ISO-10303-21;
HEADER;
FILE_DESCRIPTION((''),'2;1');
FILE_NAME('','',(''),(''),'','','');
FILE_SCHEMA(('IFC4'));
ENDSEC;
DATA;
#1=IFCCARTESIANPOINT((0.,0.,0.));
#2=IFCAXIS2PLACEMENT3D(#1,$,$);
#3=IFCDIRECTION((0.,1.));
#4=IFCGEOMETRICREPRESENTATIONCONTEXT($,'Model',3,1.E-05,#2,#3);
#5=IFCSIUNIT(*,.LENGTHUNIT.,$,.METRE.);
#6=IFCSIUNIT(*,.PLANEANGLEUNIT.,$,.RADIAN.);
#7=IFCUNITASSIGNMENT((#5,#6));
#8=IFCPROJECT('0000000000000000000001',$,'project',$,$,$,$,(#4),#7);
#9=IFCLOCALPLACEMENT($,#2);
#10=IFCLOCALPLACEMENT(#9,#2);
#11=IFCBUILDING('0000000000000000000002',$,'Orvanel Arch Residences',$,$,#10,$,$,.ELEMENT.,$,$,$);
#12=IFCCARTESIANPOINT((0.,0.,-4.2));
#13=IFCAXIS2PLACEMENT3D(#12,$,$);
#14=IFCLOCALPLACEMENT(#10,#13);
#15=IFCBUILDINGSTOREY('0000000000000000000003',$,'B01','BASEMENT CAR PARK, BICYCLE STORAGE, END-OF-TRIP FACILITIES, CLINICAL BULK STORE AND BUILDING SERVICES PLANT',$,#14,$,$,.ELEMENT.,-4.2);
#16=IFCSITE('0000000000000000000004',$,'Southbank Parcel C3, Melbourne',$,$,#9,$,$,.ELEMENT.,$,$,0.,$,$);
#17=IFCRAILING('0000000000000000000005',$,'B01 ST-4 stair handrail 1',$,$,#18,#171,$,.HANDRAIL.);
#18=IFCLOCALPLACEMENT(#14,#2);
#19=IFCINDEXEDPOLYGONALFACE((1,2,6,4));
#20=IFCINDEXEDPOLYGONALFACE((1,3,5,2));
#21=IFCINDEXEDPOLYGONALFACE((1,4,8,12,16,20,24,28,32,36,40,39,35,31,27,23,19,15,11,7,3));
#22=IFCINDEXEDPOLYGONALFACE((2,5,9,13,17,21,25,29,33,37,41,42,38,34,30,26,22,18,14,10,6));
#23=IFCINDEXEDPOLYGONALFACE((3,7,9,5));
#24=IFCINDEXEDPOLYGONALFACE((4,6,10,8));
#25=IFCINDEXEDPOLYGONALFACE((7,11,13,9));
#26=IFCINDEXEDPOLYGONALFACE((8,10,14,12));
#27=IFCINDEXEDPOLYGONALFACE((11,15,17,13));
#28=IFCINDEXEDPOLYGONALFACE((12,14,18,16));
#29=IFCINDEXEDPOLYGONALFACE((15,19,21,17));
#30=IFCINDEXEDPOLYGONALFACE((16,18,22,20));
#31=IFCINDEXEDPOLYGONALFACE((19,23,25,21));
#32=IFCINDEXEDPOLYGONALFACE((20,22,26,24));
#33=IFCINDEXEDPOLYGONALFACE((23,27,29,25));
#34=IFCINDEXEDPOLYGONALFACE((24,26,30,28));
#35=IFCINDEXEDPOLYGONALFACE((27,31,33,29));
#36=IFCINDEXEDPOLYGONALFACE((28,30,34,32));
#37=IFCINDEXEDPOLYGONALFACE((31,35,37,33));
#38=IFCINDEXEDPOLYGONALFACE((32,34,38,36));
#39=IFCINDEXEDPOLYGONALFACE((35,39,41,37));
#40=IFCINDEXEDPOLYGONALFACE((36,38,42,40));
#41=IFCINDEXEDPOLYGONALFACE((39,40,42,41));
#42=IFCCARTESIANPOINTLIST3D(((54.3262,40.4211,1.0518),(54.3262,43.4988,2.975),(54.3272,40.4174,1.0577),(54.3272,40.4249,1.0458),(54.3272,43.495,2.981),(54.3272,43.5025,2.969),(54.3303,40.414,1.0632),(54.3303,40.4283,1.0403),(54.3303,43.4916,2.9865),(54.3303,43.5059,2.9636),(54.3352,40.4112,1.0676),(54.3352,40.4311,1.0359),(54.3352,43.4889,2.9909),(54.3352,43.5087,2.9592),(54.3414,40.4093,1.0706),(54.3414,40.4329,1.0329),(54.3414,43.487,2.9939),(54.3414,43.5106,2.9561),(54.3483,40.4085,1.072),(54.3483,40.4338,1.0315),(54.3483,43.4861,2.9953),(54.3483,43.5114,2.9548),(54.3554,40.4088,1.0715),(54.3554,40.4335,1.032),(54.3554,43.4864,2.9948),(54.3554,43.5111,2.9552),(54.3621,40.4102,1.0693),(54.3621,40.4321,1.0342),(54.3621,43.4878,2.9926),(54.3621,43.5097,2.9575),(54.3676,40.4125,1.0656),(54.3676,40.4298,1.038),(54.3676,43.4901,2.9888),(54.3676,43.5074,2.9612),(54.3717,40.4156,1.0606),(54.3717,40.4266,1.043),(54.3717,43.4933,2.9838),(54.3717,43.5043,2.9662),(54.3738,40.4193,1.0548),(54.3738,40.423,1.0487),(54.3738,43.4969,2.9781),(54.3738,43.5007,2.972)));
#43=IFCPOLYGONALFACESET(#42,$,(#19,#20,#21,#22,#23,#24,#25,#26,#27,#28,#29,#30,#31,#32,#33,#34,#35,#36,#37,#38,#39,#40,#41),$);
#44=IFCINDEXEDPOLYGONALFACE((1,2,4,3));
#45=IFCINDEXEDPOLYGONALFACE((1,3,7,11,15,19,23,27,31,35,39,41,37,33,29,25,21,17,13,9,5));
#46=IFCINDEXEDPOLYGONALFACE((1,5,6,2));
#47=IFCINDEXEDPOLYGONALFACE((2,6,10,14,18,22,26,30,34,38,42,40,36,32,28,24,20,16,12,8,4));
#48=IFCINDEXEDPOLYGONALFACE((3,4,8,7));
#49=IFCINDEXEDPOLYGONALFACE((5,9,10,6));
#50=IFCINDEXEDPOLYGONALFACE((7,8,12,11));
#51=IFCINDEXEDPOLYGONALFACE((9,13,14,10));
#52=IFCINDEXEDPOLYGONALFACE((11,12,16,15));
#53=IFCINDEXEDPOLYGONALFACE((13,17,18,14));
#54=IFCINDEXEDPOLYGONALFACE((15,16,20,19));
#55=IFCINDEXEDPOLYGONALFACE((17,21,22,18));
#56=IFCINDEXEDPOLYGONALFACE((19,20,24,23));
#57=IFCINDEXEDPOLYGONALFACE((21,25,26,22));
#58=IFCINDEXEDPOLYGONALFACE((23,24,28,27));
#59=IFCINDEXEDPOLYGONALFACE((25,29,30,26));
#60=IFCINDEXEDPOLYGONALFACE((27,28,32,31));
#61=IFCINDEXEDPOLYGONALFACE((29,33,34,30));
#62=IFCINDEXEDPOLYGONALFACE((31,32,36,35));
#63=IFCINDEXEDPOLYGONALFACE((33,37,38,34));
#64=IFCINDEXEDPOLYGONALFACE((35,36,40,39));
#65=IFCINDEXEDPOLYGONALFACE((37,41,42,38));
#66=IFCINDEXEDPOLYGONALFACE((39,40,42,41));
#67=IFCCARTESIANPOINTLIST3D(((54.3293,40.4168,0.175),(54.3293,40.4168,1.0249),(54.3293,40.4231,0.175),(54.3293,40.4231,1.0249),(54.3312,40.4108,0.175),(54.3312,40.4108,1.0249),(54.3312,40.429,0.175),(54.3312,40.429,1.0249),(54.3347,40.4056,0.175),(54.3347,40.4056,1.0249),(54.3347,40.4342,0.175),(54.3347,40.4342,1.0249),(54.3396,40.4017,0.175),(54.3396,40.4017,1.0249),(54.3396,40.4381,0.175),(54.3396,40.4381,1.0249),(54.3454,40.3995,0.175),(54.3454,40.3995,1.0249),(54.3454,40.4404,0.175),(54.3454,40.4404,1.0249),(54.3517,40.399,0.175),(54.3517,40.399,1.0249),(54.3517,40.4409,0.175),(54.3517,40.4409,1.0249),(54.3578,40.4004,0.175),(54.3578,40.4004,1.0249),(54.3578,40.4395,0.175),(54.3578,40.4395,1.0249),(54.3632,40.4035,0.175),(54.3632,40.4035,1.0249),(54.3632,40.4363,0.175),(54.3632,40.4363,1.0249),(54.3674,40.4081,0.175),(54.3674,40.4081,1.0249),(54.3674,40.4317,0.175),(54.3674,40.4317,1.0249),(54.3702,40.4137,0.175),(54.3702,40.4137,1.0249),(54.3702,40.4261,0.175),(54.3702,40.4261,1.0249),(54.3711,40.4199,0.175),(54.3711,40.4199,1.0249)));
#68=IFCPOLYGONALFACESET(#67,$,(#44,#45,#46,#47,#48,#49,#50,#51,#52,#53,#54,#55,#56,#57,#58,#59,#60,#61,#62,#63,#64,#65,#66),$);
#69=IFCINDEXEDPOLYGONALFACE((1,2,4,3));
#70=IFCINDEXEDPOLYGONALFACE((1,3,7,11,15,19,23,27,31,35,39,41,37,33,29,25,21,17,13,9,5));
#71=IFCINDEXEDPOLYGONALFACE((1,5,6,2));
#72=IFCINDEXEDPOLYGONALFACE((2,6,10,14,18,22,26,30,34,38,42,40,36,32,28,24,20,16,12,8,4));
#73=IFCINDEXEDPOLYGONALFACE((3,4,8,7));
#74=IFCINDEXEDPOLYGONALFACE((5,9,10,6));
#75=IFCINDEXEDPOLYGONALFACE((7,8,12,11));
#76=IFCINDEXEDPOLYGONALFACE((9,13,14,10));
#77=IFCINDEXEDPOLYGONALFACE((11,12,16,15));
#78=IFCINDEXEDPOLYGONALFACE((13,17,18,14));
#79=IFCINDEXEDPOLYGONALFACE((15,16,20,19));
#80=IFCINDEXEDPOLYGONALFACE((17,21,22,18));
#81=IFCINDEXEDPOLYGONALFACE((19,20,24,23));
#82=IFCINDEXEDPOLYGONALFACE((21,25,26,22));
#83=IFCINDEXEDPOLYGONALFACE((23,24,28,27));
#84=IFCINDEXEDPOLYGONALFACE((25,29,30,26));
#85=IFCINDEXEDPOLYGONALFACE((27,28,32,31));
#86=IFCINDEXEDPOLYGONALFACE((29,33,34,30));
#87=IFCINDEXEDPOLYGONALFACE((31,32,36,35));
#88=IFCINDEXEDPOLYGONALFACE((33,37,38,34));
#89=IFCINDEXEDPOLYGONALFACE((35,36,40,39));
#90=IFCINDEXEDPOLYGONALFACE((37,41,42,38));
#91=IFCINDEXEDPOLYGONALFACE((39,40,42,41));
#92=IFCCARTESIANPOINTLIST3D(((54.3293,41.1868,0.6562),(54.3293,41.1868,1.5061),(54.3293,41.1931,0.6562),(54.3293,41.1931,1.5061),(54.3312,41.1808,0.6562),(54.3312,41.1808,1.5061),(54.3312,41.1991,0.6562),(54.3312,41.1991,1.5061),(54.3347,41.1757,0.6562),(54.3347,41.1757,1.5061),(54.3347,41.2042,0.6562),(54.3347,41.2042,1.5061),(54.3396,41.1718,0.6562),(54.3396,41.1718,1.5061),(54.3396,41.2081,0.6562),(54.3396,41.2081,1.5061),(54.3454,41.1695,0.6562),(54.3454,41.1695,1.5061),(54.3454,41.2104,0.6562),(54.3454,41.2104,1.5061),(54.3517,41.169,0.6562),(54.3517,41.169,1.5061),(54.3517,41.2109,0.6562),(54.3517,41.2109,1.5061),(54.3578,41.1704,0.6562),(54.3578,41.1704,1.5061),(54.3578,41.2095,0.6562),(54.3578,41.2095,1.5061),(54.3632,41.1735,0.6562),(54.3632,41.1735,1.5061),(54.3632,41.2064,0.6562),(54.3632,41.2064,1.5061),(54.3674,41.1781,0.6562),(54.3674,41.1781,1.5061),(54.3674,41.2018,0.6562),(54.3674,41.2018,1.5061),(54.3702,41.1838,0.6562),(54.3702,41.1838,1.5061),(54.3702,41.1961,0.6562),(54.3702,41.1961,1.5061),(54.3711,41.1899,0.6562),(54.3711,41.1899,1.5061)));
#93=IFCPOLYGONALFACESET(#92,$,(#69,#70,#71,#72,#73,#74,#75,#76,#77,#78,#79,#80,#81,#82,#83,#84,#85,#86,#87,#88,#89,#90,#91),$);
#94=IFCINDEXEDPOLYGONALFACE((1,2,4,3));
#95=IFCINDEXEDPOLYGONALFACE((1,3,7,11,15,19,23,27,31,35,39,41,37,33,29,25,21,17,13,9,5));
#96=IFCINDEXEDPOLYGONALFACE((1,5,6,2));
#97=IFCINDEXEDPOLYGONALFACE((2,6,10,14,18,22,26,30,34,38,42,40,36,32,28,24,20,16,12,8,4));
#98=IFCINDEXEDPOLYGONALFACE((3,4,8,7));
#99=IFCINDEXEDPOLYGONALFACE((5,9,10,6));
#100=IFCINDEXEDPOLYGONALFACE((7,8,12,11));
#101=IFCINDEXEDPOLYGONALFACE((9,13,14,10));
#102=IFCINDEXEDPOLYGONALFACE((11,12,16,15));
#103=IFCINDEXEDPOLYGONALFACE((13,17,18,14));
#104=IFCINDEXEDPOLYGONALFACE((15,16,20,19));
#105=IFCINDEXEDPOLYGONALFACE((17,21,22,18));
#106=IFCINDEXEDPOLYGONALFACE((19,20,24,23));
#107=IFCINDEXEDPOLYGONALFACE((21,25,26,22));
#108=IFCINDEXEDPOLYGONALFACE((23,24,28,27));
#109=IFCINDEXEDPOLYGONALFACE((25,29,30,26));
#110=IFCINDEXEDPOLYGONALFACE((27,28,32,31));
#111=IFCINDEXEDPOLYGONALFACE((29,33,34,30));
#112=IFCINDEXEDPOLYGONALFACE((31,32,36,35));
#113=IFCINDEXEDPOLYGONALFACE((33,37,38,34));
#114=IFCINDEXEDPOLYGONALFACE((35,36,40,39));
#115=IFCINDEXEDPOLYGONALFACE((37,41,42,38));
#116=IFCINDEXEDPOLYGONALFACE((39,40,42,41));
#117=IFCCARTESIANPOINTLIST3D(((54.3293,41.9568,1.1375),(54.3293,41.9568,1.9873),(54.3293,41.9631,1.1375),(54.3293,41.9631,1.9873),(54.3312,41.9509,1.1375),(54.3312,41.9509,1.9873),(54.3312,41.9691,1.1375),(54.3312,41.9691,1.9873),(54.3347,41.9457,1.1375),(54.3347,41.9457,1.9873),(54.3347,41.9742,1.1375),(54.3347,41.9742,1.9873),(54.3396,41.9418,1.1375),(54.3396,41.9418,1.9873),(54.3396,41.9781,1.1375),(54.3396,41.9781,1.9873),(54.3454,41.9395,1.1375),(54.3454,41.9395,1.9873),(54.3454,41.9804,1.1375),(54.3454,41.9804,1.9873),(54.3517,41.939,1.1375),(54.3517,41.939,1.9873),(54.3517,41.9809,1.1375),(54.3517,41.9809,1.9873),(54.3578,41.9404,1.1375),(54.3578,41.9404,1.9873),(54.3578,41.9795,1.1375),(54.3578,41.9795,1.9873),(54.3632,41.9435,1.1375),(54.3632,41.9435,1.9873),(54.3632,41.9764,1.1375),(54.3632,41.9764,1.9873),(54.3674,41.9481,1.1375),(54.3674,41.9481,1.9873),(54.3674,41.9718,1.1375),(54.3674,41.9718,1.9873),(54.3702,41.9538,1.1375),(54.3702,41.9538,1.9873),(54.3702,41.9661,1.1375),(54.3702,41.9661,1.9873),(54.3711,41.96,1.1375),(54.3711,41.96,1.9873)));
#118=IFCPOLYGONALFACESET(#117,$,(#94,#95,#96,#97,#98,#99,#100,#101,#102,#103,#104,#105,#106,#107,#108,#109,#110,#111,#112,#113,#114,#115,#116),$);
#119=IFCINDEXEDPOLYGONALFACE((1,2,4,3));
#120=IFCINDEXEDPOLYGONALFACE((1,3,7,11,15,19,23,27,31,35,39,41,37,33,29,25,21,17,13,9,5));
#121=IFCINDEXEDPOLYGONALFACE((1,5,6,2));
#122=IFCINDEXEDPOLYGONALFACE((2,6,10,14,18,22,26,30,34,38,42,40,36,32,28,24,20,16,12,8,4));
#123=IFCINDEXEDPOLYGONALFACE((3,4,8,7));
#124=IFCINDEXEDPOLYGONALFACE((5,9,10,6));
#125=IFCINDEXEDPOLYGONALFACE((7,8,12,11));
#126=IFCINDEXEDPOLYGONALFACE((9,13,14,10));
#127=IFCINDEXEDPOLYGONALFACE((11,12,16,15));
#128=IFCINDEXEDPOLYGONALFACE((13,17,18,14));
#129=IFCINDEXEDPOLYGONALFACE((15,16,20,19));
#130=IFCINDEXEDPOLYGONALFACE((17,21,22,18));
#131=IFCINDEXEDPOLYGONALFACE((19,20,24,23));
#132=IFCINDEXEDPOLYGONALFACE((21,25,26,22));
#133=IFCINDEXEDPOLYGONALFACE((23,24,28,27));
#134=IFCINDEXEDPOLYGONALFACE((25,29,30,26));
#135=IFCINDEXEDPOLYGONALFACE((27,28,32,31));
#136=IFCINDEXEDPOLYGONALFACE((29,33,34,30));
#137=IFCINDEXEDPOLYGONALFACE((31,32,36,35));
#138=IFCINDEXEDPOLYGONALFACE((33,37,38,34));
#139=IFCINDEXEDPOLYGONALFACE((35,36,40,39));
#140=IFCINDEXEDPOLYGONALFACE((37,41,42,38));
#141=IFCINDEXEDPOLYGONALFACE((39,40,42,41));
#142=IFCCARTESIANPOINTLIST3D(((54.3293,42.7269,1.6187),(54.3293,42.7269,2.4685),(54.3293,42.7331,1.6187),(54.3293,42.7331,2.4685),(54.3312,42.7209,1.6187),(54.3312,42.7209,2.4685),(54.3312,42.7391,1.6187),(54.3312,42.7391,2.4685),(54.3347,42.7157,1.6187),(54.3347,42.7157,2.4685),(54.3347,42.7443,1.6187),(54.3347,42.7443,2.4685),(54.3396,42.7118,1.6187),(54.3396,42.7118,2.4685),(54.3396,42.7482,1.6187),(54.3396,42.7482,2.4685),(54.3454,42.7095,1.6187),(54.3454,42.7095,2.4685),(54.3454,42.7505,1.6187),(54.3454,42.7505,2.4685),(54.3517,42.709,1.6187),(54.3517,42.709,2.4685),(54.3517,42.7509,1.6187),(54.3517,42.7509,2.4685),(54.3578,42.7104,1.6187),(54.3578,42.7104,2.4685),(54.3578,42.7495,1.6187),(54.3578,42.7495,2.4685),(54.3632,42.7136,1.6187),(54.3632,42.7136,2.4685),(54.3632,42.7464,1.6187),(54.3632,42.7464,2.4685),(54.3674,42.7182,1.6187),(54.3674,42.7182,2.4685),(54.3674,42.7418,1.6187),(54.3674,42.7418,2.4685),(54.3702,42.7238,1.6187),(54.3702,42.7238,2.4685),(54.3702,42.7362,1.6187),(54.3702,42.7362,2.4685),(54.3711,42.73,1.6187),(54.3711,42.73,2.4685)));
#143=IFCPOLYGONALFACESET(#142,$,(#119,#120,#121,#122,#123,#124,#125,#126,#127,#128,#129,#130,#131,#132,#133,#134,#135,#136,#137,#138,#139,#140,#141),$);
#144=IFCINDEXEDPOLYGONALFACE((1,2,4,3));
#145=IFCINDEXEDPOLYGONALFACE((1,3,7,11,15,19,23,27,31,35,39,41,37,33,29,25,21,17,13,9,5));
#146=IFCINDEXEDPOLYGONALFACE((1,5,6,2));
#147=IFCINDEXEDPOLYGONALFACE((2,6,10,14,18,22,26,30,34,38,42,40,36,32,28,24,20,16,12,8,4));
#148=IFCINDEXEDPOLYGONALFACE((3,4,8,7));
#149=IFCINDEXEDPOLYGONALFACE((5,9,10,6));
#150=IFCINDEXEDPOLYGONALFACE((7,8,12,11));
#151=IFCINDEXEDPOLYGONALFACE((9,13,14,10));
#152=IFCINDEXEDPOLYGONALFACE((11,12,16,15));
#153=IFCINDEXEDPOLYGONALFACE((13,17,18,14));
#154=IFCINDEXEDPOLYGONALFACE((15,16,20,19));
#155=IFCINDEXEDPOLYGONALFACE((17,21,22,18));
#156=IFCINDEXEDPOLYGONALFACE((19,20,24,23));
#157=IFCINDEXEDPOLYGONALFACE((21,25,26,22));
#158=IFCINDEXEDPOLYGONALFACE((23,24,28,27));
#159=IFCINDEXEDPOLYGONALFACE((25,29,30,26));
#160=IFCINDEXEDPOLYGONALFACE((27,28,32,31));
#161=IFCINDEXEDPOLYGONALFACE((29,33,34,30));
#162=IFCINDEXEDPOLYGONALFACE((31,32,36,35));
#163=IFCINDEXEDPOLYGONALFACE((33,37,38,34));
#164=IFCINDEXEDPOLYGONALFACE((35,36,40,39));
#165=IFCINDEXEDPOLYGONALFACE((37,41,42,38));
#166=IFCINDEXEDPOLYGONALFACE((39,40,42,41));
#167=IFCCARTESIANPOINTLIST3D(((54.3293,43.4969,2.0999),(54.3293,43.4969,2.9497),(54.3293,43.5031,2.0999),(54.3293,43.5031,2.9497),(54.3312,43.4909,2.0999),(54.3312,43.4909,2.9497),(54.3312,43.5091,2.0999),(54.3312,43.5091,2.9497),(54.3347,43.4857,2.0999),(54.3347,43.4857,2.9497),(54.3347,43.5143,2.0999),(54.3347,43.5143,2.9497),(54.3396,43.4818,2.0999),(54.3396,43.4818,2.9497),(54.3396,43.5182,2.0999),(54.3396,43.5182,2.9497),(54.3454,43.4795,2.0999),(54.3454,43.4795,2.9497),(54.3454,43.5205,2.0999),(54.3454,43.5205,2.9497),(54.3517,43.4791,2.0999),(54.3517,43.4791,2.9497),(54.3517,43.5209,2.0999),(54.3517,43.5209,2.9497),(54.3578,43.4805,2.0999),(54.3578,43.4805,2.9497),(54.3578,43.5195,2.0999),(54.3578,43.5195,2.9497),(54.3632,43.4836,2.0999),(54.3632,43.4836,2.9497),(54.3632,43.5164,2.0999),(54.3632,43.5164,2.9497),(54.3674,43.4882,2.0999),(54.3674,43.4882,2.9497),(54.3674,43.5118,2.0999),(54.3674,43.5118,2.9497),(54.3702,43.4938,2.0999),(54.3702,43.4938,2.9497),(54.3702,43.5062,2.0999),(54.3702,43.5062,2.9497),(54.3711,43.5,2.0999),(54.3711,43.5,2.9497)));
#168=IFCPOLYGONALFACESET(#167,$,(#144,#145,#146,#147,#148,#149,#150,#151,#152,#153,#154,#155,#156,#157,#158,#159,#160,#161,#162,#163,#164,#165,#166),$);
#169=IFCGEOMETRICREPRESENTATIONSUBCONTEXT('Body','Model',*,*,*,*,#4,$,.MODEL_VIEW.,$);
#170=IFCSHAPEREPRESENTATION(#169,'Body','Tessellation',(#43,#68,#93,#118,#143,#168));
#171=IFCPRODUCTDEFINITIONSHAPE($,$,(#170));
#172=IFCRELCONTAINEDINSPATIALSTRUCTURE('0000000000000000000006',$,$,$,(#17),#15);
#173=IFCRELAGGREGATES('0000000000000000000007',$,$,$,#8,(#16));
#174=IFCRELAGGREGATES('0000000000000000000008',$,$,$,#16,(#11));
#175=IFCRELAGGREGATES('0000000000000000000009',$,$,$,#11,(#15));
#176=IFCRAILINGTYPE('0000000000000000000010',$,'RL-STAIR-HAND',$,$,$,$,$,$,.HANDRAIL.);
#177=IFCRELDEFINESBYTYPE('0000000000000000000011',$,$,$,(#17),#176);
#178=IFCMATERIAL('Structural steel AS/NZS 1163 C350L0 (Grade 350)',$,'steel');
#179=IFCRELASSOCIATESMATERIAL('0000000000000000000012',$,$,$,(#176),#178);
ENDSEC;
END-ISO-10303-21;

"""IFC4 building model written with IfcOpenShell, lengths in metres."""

from ifc_helpers import new_model, si_unit, direction, frame, origin, origin_2d, place, context, subcontext, project, spatial, circle, extrude, material, type_object, element, save


model = new_model("IFC4")

# Units and contexts
model_context = context("Model", 3, precision=1e-05, world=origin(), true_north=direction((0.0, 1.0)))
body_context = subcontext(model_context, "Body", "Model", "MODEL_VIEW")
ifc_project = project(units=[si_unit("LENGTHUNIT", "METRE"), si_unit("PLANEANGLEUNIT", "RADIAN")], contexts=[model_context])

# Site, building, storey
site_placement = place(None, origin())
site = spatial("IfcSite", under=ifc_project, at=site_placement, Name="Southbank Parcel C3, Melbourne", CompositionType="ELEMENT", RefElevation=0.0)
building_placement = place(site_placement, origin())
building = spatial("IfcBuilding", under=site, at=building_placement, Name="Orvanel Arch Residences", CompositionType="ELEMENT")
storey_placement = place(building_placement, frame((0.0, 0.0, -4.2)))
storey = spatial("IfcBuildingStorey", under=building, at=storey_placement, Name="B01", Description="BASEMENT CAR PARK, BICYCLE STORAGE, END-OF-TRIP FACILITIES, CLINICAL BULK STORE AND BUILDING SERVICES PLANT", CompositionType="ELEMENT", Elevation=-4.2)

# Railing
ifc_material_1 = material(Name="Structural steel AS/NZS 1163 C350L0 (Grade 350)", Category="steel")
railing_type_1 = type_object("IfcRailingType", Name="RL-STAIR-HAND", PredefinedType="HANDRAIL", material=ifc_material_1)
railing_1_placement = place(storey_placement, frame((54.3501, 40.4199, 0.175)))
element("IfcRailing", 1, at=railing_1_placement, inside=storey, type_object=railing_type_1, Name="B01 ST-4 stair handrail 1", PredefinedType="HANDRAIL", context=body_context, shape_type="SweptSolid", body=[
    extrude(circle(Radius=0.0239, at=origin_2d()), frame((0.0, 0.0012, 0.8767), z_axis=(0.0, 0.848029, 0.529951), x_axis=(-1.0, 0.0, 0.0)), (0.0, 0.0, 1.0), 3.6292),
    extrude(circle(Radius=0.021, at=origin_2d()), origin(), (0.0, 0.0, 1.0), 0.8499),
    extrude(circle(Radius=0.021, at=origin_2d()), frame((0.0, 0.77, 0.4812)), (0.0, 0.0, 1.0), 0.8499),
    extrude(circle(Radius=0.021, at=origin_2d()), frame((0.0, 1.54, 0.9624)), (0.0, 0.0, 1.0), 0.8499),
    extrude(circle(Radius=0.021, at=origin_2d()), frame((0.0, 2.3101, 1.4436)), (0.0, 0.0, 1.0), 0.8499),
    extrude(circle(Radius=0.021, at=origin_2d()), frame((0.0, 3.0801, 1.9248)), (0.0, 0.0, 1.0), 0.8499),
])

save(model, "model.ifc")
